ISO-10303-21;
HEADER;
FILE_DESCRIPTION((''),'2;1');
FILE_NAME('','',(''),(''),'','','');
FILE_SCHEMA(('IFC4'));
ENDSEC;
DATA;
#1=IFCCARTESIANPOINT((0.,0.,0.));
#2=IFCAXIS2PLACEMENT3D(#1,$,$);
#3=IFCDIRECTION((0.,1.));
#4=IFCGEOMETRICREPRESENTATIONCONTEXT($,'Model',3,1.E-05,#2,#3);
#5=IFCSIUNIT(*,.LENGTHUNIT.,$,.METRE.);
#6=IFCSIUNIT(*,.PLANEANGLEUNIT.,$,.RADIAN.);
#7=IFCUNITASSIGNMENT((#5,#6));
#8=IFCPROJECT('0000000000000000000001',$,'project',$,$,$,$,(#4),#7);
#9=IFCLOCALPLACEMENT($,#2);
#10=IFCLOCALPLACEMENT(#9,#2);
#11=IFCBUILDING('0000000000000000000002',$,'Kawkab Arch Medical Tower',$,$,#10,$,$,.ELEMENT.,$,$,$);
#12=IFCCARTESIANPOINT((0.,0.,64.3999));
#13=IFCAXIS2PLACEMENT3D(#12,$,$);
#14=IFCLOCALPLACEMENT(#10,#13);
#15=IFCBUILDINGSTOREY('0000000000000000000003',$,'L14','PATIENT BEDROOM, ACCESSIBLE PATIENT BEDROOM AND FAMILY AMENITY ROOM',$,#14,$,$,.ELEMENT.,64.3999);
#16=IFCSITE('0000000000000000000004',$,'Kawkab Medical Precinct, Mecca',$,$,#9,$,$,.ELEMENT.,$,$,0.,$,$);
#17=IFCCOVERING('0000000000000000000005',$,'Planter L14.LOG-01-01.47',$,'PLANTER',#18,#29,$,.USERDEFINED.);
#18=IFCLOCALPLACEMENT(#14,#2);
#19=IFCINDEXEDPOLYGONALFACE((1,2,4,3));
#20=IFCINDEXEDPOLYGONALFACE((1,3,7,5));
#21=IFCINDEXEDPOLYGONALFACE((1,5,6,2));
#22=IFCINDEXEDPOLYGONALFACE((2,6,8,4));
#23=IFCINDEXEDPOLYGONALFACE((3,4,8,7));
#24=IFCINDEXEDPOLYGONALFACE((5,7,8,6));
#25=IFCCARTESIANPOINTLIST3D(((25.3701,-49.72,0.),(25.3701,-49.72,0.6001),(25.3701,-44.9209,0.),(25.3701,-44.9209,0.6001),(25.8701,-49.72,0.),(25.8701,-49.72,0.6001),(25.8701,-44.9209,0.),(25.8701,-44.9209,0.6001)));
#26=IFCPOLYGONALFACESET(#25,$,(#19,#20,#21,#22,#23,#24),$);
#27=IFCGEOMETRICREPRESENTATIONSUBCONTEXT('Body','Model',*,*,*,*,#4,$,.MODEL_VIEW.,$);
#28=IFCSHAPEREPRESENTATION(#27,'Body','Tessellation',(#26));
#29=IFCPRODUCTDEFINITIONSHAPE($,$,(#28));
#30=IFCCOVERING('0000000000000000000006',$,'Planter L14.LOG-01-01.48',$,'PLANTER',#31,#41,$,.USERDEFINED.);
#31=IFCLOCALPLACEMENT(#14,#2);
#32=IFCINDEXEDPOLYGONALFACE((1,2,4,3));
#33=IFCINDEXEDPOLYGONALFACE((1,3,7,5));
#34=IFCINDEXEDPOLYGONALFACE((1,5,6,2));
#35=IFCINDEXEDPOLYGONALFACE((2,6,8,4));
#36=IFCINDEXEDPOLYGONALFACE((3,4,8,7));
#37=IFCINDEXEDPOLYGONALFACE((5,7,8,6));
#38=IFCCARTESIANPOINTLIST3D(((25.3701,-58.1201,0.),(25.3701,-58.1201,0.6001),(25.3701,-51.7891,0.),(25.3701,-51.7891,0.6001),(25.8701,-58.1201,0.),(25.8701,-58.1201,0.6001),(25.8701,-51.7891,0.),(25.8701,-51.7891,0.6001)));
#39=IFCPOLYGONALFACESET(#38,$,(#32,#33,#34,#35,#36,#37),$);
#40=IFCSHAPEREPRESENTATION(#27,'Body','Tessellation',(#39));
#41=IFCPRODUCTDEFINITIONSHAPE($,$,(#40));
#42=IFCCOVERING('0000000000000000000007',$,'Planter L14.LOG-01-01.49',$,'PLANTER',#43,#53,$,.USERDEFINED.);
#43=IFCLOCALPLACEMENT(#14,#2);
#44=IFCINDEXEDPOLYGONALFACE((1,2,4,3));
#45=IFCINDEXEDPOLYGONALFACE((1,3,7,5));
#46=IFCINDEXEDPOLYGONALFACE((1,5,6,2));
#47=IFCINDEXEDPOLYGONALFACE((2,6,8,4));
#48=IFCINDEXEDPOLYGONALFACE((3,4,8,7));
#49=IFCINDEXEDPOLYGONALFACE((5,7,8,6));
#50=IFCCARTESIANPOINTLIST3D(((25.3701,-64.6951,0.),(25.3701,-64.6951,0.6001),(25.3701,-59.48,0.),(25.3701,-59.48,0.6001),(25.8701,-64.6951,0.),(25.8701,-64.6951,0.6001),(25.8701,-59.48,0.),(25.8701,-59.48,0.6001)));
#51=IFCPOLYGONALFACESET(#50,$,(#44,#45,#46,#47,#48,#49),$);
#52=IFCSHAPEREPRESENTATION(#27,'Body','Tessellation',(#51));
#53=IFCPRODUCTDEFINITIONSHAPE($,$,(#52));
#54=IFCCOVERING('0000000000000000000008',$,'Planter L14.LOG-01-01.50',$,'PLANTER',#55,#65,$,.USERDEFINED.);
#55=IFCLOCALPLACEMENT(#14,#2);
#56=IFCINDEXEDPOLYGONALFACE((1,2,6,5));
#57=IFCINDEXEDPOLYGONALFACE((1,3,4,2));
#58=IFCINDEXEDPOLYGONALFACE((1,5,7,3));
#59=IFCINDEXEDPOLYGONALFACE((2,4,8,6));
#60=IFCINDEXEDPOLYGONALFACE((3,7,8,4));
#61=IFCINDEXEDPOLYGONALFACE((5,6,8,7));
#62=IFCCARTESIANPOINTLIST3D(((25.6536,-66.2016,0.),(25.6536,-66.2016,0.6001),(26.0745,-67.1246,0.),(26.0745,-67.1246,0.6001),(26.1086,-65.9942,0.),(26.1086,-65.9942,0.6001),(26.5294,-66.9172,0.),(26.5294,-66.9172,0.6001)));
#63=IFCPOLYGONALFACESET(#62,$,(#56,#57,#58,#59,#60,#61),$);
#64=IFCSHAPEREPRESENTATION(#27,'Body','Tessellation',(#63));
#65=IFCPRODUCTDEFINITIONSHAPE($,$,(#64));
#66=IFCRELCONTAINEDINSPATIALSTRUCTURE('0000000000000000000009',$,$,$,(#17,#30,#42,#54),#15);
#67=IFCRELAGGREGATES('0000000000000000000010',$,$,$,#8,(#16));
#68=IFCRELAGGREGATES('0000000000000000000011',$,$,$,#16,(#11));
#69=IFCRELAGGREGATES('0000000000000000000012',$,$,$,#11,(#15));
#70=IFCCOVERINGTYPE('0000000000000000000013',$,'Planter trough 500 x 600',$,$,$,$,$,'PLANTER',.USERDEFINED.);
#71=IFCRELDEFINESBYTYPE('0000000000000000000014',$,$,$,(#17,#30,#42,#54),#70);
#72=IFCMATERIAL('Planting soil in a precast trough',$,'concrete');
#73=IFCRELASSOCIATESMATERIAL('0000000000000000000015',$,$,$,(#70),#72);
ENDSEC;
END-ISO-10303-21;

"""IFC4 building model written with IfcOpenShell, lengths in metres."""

from ifc_helpers import new_model, si_unit, direction, frame, origin, origin_2d, place, context, subcontext, project, spatial, rectangle, extrude, material, material_profile, profile_set, type_object, element, save


model = new_model("IFC4")

# Units and contexts
model_context = context("Model", 3, precision=1e-05, world=origin(), true_north=direction((0.0, 1.0)))
body_context = subcontext(model_context, "Body", "Model", "MODEL_VIEW")
ifc_project = project(units=[si_unit("LENGTHUNIT", "METRE"), si_unit("PLANEANGLEUNIT", "RADIAN")], contexts=[model_context])

# Site, building, storey
site_placement = place(None, origin())
site = spatial("IfcSite", under=ifc_project, at=site_placement, Name="Kawkab Medical Precinct, Mecca", CompositionType="ELEMENT", RefElevation=0.0)
building_placement = place(site_placement, origin())
building = spatial("IfcBuilding", under=site, at=building_placement, Name="Kawkab Arch Medical Tower", CompositionType="ELEMENT")
storey_placement = place(building_placement, frame((0.0, 0.0, 64.3999)))
storey = spatial("IfcBuildingStorey", under=building, at=storey_placement, Name="L14", Description="PATIENT BEDROOM, ACCESSIBLE PATIENT BEDROOM AND FAMILY AMENITY ROOM", CompositionType="ELEMENT", Elevation=64.3999)

# Coverings
ifc_material_1 = material(Name="Planting soil in a precast trough", Category="concrete")
ifc_material_profile_1 = material_profile(ifc_material_1, rectangle(XDim=0.5, YDim=0.6001, at=origin_2d()), Name="Trough 500x600")
ifc_profile_set_1 = profile_set([ifc_material_profile_1], Name="Planting soil in a precast trough")
covering_type_1 = type_object("IfcCoveringType", Name="Planter trough 500 x 600", ElementType="PLANTER", PredefinedType="USERDEFINED", material=ifc_profile_set_1)
covering_1_placement = place(storey_placement, frame((25.6201, -44.9209, 0.3), z_axis=(0.0, -1.0, 0.0), x_axis=(1.0, 0.0, 0.0)))
element("IfcCovering", 1, at=covering_1_placement, inside=storey, type_object=covering_type_1, Name="Planter L14.LOG-01-01.47", ObjectType="PLANTER", PredefinedType="USERDEFINED", context=body_context, shape_type="SweptSolid", body=[
    extrude(rectangle(XDim=0.5, YDim=0.6001, at=origin_2d()), origin(), (0.0, 0.0, 1.0), 4.7991),
])
covering_2_placement = place(storey_placement, frame((25.6201, -51.7891, 0.3), z_axis=(0.0, -1.0, 0.0), x_axis=(1.0, 0.0, 0.0)))
element("IfcCovering", 2, at=covering_2_placement, inside=storey, type_object=covering_type_1, Name="Planter L14.LOG-01-01.48", ObjectType="PLANTER", PredefinedType="USERDEFINED", context=body_context, shape_type="SweptSolid", body=[
    extrude(rectangle(XDim=0.5, YDim=0.6001, at=origin_2d()), origin(), (0.0, 0.0, 1.0), 6.3311),
])
covering_3_placement = place(storey_placement, frame((25.6201, -59.48, 0.3), z_axis=(0.0, -1.0, 0.0), x_axis=(1.0, 0.0, 0.0)))
element("IfcCovering", 3, at=covering_3_placement, inside=storey, type_object=covering_type_1, Name="Planter L14.LOG-01-01.49", ObjectType="PLANTER", PredefinedType="USERDEFINED", context=body_context, shape_type="SweptSolid", body=[
    extrude(rectangle(XDim=0.5, YDim=0.6001, at=origin_2d()), origin(), (0.0, 0.0, 1.0), 5.2151),
])
covering_4_placement = place(storey_placement, frame((25.8811, -66.0979, 0.3), z_axis=(0.414872, -0.90988, 0.0), x_axis=(0.90988, 0.414872, 0.0)))
element("IfcCovering", 4, at=covering_4_placement, inside=storey, type_object=covering_type_1, Name="Planter L14.LOG-01-01.50", ObjectType="PLANTER", PredefinedType="USERDEFINED", context=body_context, shape_type="SweptSolid", body=[
    extrude(rectangle(XDim=0.5, YDim=0.6001, at=origin_2d()), origin(), (0.0, 0.0, 1.0), 1.0144),
])

save(model, "model.ifc")
